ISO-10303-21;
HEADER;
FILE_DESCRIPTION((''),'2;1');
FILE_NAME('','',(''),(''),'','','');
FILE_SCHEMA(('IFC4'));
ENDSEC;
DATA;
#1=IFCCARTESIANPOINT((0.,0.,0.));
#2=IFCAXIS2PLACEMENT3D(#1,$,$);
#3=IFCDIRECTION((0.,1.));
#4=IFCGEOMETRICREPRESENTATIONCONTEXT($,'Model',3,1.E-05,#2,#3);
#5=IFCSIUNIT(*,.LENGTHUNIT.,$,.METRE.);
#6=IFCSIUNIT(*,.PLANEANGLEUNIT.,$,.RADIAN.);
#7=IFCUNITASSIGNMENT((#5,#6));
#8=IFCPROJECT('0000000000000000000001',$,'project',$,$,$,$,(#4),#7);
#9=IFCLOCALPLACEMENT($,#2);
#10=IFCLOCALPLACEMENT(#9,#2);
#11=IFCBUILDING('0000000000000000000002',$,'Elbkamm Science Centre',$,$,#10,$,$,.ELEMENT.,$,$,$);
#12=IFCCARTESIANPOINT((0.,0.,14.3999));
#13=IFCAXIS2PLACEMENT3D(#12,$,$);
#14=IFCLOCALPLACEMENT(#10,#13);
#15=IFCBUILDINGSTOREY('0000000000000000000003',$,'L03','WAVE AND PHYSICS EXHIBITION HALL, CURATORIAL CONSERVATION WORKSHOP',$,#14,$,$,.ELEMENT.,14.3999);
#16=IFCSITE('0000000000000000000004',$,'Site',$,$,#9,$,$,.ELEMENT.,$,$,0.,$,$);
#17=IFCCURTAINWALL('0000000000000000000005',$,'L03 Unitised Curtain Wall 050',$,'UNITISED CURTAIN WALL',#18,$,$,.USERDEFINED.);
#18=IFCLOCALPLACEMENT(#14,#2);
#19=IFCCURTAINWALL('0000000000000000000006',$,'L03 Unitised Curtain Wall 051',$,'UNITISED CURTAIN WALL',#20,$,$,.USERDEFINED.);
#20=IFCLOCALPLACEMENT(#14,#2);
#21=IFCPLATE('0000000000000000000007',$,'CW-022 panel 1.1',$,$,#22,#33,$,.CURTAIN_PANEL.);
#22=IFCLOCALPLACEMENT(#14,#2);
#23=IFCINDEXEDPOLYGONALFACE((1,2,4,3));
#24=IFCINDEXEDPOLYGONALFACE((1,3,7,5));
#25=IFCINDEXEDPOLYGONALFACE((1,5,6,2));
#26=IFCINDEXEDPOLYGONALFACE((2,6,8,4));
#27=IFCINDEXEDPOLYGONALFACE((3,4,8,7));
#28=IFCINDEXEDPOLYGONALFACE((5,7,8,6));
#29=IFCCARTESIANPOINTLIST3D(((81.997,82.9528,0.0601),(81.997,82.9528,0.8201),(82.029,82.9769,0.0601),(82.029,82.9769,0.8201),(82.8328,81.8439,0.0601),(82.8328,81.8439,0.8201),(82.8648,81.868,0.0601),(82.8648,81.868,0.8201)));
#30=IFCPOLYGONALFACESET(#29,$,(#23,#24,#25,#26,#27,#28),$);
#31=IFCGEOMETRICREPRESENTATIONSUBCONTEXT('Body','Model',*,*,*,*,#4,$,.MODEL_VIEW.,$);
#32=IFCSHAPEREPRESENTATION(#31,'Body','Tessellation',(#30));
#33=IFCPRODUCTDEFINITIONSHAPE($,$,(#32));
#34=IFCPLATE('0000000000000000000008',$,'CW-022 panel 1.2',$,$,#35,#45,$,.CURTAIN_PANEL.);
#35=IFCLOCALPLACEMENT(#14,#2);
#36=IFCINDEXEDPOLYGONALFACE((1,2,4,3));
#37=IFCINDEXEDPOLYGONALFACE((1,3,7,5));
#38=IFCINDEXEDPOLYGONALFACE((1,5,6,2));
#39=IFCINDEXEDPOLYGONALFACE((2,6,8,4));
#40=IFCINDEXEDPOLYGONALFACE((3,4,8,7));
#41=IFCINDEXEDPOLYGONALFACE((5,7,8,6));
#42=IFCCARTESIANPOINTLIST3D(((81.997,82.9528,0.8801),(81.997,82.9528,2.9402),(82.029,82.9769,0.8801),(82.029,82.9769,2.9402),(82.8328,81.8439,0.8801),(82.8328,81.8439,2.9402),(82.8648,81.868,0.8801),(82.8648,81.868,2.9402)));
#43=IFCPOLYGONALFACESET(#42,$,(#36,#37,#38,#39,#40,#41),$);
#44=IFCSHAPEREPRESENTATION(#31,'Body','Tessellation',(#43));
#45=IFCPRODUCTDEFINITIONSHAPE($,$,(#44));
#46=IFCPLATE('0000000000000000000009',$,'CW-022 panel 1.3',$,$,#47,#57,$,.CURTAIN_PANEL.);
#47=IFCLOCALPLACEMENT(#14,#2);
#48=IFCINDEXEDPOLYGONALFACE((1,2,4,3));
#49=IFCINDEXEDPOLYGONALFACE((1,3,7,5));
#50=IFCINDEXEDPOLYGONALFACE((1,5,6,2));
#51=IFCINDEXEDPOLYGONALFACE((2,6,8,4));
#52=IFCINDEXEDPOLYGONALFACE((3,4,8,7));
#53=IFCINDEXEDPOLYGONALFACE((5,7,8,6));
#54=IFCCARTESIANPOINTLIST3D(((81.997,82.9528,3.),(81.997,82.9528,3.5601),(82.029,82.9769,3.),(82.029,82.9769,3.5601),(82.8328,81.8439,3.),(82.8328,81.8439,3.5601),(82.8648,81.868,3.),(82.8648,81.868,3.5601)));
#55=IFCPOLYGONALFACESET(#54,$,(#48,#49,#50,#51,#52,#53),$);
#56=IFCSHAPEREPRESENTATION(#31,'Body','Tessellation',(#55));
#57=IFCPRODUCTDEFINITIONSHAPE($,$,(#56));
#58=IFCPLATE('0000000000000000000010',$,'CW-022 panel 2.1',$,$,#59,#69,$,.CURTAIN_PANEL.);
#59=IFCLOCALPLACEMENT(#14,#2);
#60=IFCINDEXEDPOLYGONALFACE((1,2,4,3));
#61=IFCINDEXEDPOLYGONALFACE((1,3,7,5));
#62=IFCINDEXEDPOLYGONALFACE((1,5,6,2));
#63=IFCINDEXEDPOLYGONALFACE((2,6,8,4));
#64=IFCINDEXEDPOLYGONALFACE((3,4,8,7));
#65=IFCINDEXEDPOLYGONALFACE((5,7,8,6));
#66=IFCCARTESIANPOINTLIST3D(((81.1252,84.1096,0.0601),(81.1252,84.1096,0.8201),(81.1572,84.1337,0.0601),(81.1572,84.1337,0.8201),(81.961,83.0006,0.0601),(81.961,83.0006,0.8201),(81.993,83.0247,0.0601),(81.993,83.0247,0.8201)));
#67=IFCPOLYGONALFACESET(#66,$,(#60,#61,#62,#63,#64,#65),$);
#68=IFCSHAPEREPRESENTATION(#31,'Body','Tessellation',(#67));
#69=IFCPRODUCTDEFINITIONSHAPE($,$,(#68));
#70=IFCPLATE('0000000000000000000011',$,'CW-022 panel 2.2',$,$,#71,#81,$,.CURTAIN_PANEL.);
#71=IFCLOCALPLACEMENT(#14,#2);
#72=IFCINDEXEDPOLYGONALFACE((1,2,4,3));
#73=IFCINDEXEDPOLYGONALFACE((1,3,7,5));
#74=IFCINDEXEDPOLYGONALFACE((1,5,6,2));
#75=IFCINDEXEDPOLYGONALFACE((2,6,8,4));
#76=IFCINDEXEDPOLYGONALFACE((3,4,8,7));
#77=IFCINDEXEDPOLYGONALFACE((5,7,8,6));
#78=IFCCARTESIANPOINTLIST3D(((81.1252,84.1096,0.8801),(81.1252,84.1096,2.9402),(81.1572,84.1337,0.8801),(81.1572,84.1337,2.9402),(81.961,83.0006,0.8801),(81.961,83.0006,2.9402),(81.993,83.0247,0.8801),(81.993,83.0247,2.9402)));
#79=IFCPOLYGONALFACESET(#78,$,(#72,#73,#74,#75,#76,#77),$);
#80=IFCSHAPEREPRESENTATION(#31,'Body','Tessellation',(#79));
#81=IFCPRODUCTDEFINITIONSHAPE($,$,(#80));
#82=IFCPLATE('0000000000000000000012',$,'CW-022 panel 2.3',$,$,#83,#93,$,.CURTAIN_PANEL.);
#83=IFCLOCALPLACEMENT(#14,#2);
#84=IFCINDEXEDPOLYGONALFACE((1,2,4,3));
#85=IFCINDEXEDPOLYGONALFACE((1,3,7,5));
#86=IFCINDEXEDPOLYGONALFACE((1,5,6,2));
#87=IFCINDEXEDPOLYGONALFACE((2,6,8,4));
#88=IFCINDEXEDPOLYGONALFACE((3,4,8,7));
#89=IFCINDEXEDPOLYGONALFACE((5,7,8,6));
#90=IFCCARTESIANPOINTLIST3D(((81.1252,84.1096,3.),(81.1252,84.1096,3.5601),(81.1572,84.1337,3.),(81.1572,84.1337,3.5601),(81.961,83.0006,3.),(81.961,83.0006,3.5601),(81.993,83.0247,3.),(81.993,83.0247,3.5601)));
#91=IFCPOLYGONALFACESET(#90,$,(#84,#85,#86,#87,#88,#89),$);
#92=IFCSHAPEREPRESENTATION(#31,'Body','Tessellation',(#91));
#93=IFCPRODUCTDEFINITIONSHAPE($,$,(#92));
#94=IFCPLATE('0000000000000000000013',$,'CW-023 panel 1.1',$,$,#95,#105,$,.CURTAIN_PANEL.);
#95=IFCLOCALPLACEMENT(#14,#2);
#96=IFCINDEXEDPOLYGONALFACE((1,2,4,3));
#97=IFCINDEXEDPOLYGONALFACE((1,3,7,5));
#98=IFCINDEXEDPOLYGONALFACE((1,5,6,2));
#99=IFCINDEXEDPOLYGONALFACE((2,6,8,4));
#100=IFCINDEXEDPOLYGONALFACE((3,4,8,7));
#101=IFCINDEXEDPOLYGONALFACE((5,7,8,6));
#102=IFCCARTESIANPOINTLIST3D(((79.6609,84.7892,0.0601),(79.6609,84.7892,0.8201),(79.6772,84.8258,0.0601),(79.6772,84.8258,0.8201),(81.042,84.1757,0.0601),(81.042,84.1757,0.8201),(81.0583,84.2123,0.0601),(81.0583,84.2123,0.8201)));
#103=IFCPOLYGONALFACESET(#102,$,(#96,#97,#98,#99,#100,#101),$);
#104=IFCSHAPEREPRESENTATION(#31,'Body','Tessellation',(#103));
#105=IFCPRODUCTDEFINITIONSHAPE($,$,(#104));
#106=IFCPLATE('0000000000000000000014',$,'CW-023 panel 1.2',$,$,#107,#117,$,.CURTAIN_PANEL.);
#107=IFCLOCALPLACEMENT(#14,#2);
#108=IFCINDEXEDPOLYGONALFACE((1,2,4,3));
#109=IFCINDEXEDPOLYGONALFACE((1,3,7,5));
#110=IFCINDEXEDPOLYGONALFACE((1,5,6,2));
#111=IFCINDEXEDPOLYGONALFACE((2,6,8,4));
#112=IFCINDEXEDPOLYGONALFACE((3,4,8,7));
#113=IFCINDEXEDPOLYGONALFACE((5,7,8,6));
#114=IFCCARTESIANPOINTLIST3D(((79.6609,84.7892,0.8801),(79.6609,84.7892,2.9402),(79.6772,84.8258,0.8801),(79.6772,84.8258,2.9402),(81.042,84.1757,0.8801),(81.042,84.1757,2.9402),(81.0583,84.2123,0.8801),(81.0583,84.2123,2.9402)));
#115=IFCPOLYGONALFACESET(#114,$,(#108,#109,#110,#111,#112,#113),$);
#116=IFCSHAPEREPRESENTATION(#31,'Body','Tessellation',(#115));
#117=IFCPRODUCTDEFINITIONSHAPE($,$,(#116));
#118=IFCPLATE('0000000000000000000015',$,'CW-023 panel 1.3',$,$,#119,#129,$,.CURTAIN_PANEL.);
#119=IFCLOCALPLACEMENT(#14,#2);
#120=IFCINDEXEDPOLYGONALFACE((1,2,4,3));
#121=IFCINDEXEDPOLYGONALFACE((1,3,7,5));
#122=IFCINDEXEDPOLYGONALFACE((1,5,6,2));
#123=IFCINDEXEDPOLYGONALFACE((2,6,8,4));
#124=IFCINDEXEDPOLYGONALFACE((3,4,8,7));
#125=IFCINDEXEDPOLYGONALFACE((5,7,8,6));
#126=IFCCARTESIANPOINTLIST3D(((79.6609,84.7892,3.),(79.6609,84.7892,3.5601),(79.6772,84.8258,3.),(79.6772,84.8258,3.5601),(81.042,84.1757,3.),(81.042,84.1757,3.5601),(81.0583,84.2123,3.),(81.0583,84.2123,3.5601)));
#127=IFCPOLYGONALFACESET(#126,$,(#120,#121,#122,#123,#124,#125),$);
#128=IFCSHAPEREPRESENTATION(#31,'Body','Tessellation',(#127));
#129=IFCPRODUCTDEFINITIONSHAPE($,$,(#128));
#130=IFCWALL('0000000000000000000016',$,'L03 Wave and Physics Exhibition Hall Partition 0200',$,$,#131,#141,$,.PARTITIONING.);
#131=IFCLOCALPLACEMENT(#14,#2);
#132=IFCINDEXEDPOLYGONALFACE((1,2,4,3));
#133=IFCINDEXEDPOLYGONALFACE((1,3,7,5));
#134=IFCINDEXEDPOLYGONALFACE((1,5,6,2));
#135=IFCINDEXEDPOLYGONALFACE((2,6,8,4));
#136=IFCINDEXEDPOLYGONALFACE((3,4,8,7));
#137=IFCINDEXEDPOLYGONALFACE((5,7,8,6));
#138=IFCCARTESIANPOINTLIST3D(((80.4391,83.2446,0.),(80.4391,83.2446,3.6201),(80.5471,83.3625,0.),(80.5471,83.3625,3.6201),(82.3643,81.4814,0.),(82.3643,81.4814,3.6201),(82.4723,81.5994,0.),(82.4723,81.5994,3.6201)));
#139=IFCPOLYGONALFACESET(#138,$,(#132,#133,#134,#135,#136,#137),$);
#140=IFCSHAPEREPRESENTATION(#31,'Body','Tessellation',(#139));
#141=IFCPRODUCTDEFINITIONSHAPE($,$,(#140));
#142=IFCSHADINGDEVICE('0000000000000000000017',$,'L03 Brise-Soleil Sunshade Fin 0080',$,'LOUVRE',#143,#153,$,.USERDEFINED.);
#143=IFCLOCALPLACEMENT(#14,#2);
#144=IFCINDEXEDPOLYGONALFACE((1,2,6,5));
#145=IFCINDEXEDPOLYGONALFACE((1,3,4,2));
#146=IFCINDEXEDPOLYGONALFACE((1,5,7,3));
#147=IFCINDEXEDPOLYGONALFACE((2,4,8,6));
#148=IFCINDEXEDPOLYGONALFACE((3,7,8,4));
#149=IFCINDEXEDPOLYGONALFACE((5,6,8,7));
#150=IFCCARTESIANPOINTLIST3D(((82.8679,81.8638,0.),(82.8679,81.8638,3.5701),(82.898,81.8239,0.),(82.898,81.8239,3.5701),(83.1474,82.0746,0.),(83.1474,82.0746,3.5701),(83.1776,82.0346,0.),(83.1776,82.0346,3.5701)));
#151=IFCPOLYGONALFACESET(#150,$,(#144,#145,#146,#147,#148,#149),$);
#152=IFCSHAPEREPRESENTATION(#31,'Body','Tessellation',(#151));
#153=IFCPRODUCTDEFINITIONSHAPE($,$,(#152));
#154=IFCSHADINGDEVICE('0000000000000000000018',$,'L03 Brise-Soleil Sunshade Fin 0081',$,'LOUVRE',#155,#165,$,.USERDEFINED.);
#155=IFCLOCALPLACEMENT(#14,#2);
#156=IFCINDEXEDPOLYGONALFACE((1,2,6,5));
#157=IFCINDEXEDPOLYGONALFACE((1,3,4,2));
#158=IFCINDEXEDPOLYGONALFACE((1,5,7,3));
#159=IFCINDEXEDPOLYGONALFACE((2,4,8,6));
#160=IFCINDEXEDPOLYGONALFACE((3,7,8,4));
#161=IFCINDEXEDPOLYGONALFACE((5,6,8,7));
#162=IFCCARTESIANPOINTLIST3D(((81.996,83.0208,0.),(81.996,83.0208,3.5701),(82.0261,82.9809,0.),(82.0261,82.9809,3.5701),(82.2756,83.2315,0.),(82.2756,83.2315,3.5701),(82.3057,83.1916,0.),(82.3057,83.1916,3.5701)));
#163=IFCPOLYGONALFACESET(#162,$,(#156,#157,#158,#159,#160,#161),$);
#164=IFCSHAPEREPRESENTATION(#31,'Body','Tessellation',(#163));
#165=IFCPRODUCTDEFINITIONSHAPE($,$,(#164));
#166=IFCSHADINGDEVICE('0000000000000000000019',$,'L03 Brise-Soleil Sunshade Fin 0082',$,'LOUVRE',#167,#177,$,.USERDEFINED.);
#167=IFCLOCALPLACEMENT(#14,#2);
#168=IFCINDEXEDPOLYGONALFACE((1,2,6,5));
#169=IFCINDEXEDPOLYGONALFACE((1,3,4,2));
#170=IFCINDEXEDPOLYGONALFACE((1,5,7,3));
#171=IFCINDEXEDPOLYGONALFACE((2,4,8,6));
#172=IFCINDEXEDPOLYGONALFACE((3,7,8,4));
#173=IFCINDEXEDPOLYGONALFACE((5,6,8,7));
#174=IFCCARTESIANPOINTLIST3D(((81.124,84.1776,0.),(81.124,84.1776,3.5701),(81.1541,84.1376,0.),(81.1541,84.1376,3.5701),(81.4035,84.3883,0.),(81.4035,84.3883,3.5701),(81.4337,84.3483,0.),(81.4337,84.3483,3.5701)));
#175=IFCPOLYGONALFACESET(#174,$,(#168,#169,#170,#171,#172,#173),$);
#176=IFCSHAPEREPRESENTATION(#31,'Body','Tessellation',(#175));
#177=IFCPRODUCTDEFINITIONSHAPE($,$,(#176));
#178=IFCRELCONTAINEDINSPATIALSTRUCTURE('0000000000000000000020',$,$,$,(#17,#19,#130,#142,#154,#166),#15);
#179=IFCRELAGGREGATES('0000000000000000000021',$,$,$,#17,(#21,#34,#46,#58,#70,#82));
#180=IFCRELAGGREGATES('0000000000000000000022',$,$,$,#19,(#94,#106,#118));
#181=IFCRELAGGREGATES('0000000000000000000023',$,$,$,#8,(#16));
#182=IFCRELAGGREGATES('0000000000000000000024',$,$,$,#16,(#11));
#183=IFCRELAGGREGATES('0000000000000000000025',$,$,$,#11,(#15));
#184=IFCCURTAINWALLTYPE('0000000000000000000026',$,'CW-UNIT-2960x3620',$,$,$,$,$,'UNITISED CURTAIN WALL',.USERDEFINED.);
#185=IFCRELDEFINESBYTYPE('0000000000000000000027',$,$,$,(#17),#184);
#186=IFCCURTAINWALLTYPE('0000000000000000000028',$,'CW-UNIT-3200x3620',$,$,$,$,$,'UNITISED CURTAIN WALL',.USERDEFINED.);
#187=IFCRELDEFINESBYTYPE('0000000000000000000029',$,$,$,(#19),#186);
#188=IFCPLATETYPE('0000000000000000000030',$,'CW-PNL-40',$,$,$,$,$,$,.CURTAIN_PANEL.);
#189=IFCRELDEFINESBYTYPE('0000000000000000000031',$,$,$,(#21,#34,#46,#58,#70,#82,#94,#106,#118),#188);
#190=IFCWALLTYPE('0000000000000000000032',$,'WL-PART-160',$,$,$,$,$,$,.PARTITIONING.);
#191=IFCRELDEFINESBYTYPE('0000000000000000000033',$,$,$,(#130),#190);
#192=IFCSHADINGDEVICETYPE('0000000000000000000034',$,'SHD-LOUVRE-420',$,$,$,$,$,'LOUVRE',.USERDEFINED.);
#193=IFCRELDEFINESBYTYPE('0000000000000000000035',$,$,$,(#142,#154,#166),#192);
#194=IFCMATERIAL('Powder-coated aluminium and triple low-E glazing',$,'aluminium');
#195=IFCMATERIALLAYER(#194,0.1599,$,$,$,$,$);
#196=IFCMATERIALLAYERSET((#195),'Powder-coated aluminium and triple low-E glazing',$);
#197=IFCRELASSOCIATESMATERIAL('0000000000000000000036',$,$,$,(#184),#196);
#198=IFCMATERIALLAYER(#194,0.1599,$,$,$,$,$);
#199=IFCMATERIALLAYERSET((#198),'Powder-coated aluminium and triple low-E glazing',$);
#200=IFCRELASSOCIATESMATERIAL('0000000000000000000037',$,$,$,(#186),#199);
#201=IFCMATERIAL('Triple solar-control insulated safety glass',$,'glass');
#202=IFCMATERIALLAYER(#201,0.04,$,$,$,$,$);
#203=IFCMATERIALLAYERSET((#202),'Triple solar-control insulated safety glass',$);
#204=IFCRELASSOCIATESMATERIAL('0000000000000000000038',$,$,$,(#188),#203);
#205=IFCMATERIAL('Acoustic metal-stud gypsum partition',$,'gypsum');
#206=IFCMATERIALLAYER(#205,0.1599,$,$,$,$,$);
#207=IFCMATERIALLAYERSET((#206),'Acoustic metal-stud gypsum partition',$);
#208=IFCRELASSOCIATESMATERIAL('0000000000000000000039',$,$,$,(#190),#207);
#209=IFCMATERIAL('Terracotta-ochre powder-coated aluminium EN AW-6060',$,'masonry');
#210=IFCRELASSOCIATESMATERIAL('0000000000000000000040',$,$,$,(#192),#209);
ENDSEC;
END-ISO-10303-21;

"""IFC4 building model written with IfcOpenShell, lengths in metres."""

from ifc_helpers import new_model, si_unit, direction, frame, frame_2d, origin, origin_2d, place, context, subcontext, project, spatial, rectangle, extrude, material, layer, layer_set, type_object, element, aggregate, save


model = new_model("IFC4")

# Units and contexts
model_context = context("Model", 3, precision=1e-05, world=origin(), true_north=direction((0.0, 1.0)))
body_context = subcontext(model_context, "Body", "Model", "MODEL_VIEW")
ifc_project = project(units=[si_unit("LENGTHUNIT", "METRE"), si_unit("PLANEANGLEUNIT", "RADIAN")], contexts=[model_context])

# Site, building, storey
site_placement = place(None, origin())
site = spatial("IfcSite", under=ifc_project, at=site_placement, Name="Site", CompositionType="ELEMENT", RefElevation=0.0)
building_placement = place(site_placement, origin())
building = spatial("IfcBuilding", under=site, at=building_placement, Name="Elbkamm Science Centre", CompositionType="ELEMENT")
storey_placement = place(building_placement, frame((0.0, 0.0, 14.3999)))
storey = spatial("IfcBuildingStorey", under=building, at=storey_placement, Name="L03", Description="WAVE AND PHYSICS EXHIBITION HALL, CURATORIAL CONSERVATION WORKSHOP", CompositionType="ELEMENT", Elevation=14.3999)

# Curtain wall
ifc_material_1 = material(Name="Powder-coated aluminium and triple low-E glazing", Category="aluminium")
ifc_layer_1 = layer(ifc_material_1, 0.1599)
ifc_layer_set_1 = layer_set([ifc_layer_1], Name="Powder-coated aluminium and triple low-E glazing")
curtain_wall_type_1 = type_object("IfcCurtainWallType", Name="CW-UNIT-2960x3620", ElementType="UNITISED CURTAIN WALL", PredefinedType="USERDEFINED", material=ifc_layer_set_1)
curtain_wall_1_placement = place(storey_placement, origin())
curtain_wall_1 = element("IfcCurtainWall", 1, at=curtain_wall_1_placement, inside=storey, type_object=curtain_wall_type_1, Name="L03 Unitised Curtain Wall 050", ObjectType="UNITISED CURTAIN WALL", PredefinedType="USERDEFINED")

# Curtain wall
ifc_layer_2 = layer(ifc_material_1, 0.1599)
ifc_layer_set_2 = layer_set([ifc_layer_2], Name="Powder-coated aluminium and triple low-E glazing")
curtain_wall_type_2 = type_object("IfcCurtainWallType", Name="CW-UNIT-3200x3620", ElementType="UNITISED CURTAIN WALL", PredefinedType="USERDEFINED", material=ifc_layer_set_2)
curtain_wall_2_placement = place(storey_placement, origin())
curtain_wall_2 = element("IfcCurtainWall", 2, at=curtain_wall_2_placement, inside=storey, type_object=curtain_wall_type_2, Name="L03 Unitised Curtain Wall 051", ObjectType="UNITISED CURTAIN WALL", PredefinedType="USERDEFINED")

# Plates
ifc_material_2 = material(Name="Triple solar-control insulated safety glass", Category="glass")
ifc_layer_3 = layer(ifc_material_2, 0.04)
ifc_layer_set_3 = layer_set([ifc_layer_3], Name="Triple solar-control insulated safety glass")
plate_type = type_object("IfcPlateType", Name="CW-PNL-40", PredefinedType="CURTAIN_PANEL", material=ifc_layer_set_3)
plate_1_placement = place(storey_placement, frame((82.4309, 82.4104, 0.0601), z_axis=(0.0, 0.0, 1.0), x_axis=(-0.601881, 0.798586, 0.0)))
plate_1 = element("IfcPlate", 3, at=plate_1_placement, type_object=plate_type, Name="CW-022 panel 1.1", PredefinedType="CURTAIN_PANEL", context=body_context, shape_type="SweptSolid", body=[
    extrude(rectangle(XDim=1.3887, YDim=0.04, at=origin_2d()), origin(), (0.0, 0.0, 1.0), 0.76),
])
plate_2_placement = place(storey_placement, frame((82.4309, 82.4104, 0.8801), z_axis=(0.0, 0.0, 1.0), x_axis=(-0.601881, 0.798586, 0.0)))
plate_2 = element("IfcPlate", 4, at=plate_2_placement, type_object=plate_type, Name="CW-022 panel 1.2", PredefinedType="CURTAIN_PANEL", context=body_context, shape_type="SweptSolid", body=[
    extrude(rectangle(XDim=1.3887, YDim=0.04, at=origin_2d()), origin(), (0.0, 0.0, 1.0), 2.0601),
])
plate_3_placement = place(storey_placement, frame((82.4309, 82.4104, 3.0), z_axis=(0.0, 0.0, 1.0), x_axis=(-0.601881, 0.798586, 0.0)))
plate_3 = element("IfcPlate", 5, at=plate_3_placement, type_object=plate_type, Name="CW-022 panel 1.3", PredefinedType="CURTAIN_PANEL", context=body_context, shape_type="SweptSolid", body=[
    extrude(rectangle(XDim=1.3887, YDim=0.04, at=origin_2d()), origin(), (0.0, 0.0, 1.0), 0.5601),
])
plate_4_placement = place(storey_placement, frame((81.5591, 83.5671, 0.0601), z_axis=(0.0, 0.0, 1.0), x_axis=(-0.601881, 0.798586, 0.0)))
plate_4 = element("IfcPlate", 6, at=plate_4_placement, type_object=plate_type, Name="CW-022 panel 2.1", PredefinedType="CURTAIN_PANEL", context=body_context, shape_type="SweptSolid", body=[
    extrude(rectangle(XDim=1.3887, YDim=0.04, at=origin_2d()), origin(), (0.0, 0.0, 1.0), 0.76),
])
plate_5_placement = place(storey_placement, frame((81.5591, 83.5671, 0.8801), z_axis=(0.0, 0.0, 1.0), x_axis=(-0.601881, 0.798586, 0.0)))
plate_5 = element("IfcPlate", 7, at=plate_5_placement, type_object=plate_type, Name="CW-022 panel 2.2", PredefinedType="CURTAIN_PANEL", context=body_context, shape_type="SweptSolid", body=[
    extrude(rectangle(XDim=1.3887, YDim=0.04, at=origin_2d()), origin(), (0.0, 0.0, 1.0), 2.0601),
])
plate_6_placement = place(storey_placement, frame((81.5591, 83.5671, 3.0), z_axis=(0.0, 0.0, 1.0), x_axis=(-0.601881, 0.798586, 0.0)))
plate_6 = element("IfcPlate", 8, at=plate_6_placement, type_object=plate_type, Name="CW-022 panel 2.3", PredefinedType="CURTAIN_PANEL", context=body_context, shape_type="SweptSolid", body=[
    extrude(rectangle(XDim=1.3887, YDim=0.04, at=origin_2d()), origin(), (0.0, 0.0, 1.0), 0.5601),
])
aggregate(curtain_wall_1, [plate_1, plate_2, plate_3, plate_4, plate_5, plate_6])
plate_7_placement = place(storey_placement, frame((80.3596, 84.5007, 0.0601), z_axis=(0.0, 0.0, 1.0), x_axis=(-0.913898, 0.405944, 0.0)))
plate_7 = element("IfcPlate", 9, at=plate_7_placement, type_object=plate_type, Name="CW-023 panel 1.1", PredefinedType="CURTAIN_PANEL", context=body_context, shape_type="SweptSolid", body=[
    extrude(rectangle(XDim=1.5112, YDim=0.04, at=origin_2d()), origin(), (0.0, 0.0, 1.0), 0.76),
])
plate_8_placement = place(storey_placement, frame((80.3596, 84.5007, 0.8801), z_axis=(0.0, 0.0, 1.0), x_axis=(-0.913898, 0.405944, 0.0)))
plate_8 = element("IfcPlate", 10, at=plate_8_placement, type_object=plate_type, Name="CW-023 panel 1.2", PredefinedType="CURTAIN_PANEL", context=body_context, shape_type="SweptSolid", body=[
    extrude(rectangle(XDim=1.5112, YDim=0.04, at=origin_2d()), origin(), (0.0, 0.0, 1.0), 2.0601),
])
plate_9_placement = place(storey_placement, frame((80.3596, 84.5007, 3.0), z_axis=(0.0, 0.0, 1.0), x_axis=(-0.913898, 0.405944, 0.0)))
plate_9 = element("IfcPlate", 11, at=plate_9_placement, type_object=plate_type, Name="CW-023 panel 1.3", PredefinedType="CURTAIN_PANEL", context=body_context, shape_type="SweptSolid", body=[
    extrude(rectangle(XDim=1.5112, YDim=0.04, at=origin_2d()), origin(), (0.0, 0.0, 1.0), 0.5601),
])
aggregate(curtain_wall_2, [plate_7, plate_8, plate_9])

# Wall
ifc_material_3 = material(Name="Acoustic metal-stud gypsum partition", Category="gypsum")
ifc_layer_4 = layer(ifc_material_3, 0.1599)
ifc_layer_set_4 = layer_set([ifc_layer_4], Name="Acoustic metal-stud gypsum partition")
wall_type = type_object("IfcWallType", Name="WL-PART-160", PredefinedType="PARTITIONING", material=ifc_layer_set_4)
wall_placement = place(storey_placement, frame((80.4932, 83.3035, 0.0), z_axis=(0.0, 0.0, 1.0), x_axis=(0.737472, -0.675377, 0.0)))
element("IfcWall", 12, at=wall_placement, inside=storey, type_object=wall_type, Name="L03 Wave and Physics Exhibition Hall Partition 0200", PredefinedType="PARTITIONING", context=body_context, shape_type="SweptSolid", body=[
    extrude(rectangle(XDim=2.6106, YDim=0.1599, at=frame_2d((1.3052, 0.0))), origin(), (0.0, 0.0, 1.0), 3.6201),
])

# Shading devices
ifc_material_4 = material(Name="Terracotta-ochre powder-coated aluminium EN AW-6060", Category="masonry")
shading_device_type = type_object("IfcShadingDeviceType", Name="SHD-LOUVRE-420", ElementType="LOUVRE", PredefinedType="USERDEFINED", material=ifc_material_4)
for number, where, z_axis, x_axis, name in (
    (13, (83.0227, 81.9492, 0.0), (0.0, 0.0, 1.0), (0.798586, 0.601881, 0.0), "L03 Brise-Soleil Sunshade Fin 0080"),
    (14, (82.1509, 83.1062, 0.0), (0.0, 0.0, 1.0), (0.798586, 0.601881, 0.0), "L03 Brise-Soleil Sunshade Fin 0081"),
    (15, (81.2788, 84.2629, 0.0), (0.0, 0.0, 1.0), (0.798586, 0.601881, 0.0), "L03 Brise-Soleil Sunshade Fin 0082"),
):
    element("IfcShadingDevice", number, at=place(storey_placement, frame(where, z_axis=z_axis, x_axis=x_axis)), inside=storey, type_object=shading_device_type, Name=name, ObjectType="LOUVRE", PredefinedType="USERDEFINED", context=body_context, shape_type="SweptSolid", body=[
        extrude(rectangle(XDim=0.3501, YDim=0.05, at=origin_2d()), origin(), (0.0, 0.0, 1.0), 3.5701),
    ])

save(model, "model.ifc")
